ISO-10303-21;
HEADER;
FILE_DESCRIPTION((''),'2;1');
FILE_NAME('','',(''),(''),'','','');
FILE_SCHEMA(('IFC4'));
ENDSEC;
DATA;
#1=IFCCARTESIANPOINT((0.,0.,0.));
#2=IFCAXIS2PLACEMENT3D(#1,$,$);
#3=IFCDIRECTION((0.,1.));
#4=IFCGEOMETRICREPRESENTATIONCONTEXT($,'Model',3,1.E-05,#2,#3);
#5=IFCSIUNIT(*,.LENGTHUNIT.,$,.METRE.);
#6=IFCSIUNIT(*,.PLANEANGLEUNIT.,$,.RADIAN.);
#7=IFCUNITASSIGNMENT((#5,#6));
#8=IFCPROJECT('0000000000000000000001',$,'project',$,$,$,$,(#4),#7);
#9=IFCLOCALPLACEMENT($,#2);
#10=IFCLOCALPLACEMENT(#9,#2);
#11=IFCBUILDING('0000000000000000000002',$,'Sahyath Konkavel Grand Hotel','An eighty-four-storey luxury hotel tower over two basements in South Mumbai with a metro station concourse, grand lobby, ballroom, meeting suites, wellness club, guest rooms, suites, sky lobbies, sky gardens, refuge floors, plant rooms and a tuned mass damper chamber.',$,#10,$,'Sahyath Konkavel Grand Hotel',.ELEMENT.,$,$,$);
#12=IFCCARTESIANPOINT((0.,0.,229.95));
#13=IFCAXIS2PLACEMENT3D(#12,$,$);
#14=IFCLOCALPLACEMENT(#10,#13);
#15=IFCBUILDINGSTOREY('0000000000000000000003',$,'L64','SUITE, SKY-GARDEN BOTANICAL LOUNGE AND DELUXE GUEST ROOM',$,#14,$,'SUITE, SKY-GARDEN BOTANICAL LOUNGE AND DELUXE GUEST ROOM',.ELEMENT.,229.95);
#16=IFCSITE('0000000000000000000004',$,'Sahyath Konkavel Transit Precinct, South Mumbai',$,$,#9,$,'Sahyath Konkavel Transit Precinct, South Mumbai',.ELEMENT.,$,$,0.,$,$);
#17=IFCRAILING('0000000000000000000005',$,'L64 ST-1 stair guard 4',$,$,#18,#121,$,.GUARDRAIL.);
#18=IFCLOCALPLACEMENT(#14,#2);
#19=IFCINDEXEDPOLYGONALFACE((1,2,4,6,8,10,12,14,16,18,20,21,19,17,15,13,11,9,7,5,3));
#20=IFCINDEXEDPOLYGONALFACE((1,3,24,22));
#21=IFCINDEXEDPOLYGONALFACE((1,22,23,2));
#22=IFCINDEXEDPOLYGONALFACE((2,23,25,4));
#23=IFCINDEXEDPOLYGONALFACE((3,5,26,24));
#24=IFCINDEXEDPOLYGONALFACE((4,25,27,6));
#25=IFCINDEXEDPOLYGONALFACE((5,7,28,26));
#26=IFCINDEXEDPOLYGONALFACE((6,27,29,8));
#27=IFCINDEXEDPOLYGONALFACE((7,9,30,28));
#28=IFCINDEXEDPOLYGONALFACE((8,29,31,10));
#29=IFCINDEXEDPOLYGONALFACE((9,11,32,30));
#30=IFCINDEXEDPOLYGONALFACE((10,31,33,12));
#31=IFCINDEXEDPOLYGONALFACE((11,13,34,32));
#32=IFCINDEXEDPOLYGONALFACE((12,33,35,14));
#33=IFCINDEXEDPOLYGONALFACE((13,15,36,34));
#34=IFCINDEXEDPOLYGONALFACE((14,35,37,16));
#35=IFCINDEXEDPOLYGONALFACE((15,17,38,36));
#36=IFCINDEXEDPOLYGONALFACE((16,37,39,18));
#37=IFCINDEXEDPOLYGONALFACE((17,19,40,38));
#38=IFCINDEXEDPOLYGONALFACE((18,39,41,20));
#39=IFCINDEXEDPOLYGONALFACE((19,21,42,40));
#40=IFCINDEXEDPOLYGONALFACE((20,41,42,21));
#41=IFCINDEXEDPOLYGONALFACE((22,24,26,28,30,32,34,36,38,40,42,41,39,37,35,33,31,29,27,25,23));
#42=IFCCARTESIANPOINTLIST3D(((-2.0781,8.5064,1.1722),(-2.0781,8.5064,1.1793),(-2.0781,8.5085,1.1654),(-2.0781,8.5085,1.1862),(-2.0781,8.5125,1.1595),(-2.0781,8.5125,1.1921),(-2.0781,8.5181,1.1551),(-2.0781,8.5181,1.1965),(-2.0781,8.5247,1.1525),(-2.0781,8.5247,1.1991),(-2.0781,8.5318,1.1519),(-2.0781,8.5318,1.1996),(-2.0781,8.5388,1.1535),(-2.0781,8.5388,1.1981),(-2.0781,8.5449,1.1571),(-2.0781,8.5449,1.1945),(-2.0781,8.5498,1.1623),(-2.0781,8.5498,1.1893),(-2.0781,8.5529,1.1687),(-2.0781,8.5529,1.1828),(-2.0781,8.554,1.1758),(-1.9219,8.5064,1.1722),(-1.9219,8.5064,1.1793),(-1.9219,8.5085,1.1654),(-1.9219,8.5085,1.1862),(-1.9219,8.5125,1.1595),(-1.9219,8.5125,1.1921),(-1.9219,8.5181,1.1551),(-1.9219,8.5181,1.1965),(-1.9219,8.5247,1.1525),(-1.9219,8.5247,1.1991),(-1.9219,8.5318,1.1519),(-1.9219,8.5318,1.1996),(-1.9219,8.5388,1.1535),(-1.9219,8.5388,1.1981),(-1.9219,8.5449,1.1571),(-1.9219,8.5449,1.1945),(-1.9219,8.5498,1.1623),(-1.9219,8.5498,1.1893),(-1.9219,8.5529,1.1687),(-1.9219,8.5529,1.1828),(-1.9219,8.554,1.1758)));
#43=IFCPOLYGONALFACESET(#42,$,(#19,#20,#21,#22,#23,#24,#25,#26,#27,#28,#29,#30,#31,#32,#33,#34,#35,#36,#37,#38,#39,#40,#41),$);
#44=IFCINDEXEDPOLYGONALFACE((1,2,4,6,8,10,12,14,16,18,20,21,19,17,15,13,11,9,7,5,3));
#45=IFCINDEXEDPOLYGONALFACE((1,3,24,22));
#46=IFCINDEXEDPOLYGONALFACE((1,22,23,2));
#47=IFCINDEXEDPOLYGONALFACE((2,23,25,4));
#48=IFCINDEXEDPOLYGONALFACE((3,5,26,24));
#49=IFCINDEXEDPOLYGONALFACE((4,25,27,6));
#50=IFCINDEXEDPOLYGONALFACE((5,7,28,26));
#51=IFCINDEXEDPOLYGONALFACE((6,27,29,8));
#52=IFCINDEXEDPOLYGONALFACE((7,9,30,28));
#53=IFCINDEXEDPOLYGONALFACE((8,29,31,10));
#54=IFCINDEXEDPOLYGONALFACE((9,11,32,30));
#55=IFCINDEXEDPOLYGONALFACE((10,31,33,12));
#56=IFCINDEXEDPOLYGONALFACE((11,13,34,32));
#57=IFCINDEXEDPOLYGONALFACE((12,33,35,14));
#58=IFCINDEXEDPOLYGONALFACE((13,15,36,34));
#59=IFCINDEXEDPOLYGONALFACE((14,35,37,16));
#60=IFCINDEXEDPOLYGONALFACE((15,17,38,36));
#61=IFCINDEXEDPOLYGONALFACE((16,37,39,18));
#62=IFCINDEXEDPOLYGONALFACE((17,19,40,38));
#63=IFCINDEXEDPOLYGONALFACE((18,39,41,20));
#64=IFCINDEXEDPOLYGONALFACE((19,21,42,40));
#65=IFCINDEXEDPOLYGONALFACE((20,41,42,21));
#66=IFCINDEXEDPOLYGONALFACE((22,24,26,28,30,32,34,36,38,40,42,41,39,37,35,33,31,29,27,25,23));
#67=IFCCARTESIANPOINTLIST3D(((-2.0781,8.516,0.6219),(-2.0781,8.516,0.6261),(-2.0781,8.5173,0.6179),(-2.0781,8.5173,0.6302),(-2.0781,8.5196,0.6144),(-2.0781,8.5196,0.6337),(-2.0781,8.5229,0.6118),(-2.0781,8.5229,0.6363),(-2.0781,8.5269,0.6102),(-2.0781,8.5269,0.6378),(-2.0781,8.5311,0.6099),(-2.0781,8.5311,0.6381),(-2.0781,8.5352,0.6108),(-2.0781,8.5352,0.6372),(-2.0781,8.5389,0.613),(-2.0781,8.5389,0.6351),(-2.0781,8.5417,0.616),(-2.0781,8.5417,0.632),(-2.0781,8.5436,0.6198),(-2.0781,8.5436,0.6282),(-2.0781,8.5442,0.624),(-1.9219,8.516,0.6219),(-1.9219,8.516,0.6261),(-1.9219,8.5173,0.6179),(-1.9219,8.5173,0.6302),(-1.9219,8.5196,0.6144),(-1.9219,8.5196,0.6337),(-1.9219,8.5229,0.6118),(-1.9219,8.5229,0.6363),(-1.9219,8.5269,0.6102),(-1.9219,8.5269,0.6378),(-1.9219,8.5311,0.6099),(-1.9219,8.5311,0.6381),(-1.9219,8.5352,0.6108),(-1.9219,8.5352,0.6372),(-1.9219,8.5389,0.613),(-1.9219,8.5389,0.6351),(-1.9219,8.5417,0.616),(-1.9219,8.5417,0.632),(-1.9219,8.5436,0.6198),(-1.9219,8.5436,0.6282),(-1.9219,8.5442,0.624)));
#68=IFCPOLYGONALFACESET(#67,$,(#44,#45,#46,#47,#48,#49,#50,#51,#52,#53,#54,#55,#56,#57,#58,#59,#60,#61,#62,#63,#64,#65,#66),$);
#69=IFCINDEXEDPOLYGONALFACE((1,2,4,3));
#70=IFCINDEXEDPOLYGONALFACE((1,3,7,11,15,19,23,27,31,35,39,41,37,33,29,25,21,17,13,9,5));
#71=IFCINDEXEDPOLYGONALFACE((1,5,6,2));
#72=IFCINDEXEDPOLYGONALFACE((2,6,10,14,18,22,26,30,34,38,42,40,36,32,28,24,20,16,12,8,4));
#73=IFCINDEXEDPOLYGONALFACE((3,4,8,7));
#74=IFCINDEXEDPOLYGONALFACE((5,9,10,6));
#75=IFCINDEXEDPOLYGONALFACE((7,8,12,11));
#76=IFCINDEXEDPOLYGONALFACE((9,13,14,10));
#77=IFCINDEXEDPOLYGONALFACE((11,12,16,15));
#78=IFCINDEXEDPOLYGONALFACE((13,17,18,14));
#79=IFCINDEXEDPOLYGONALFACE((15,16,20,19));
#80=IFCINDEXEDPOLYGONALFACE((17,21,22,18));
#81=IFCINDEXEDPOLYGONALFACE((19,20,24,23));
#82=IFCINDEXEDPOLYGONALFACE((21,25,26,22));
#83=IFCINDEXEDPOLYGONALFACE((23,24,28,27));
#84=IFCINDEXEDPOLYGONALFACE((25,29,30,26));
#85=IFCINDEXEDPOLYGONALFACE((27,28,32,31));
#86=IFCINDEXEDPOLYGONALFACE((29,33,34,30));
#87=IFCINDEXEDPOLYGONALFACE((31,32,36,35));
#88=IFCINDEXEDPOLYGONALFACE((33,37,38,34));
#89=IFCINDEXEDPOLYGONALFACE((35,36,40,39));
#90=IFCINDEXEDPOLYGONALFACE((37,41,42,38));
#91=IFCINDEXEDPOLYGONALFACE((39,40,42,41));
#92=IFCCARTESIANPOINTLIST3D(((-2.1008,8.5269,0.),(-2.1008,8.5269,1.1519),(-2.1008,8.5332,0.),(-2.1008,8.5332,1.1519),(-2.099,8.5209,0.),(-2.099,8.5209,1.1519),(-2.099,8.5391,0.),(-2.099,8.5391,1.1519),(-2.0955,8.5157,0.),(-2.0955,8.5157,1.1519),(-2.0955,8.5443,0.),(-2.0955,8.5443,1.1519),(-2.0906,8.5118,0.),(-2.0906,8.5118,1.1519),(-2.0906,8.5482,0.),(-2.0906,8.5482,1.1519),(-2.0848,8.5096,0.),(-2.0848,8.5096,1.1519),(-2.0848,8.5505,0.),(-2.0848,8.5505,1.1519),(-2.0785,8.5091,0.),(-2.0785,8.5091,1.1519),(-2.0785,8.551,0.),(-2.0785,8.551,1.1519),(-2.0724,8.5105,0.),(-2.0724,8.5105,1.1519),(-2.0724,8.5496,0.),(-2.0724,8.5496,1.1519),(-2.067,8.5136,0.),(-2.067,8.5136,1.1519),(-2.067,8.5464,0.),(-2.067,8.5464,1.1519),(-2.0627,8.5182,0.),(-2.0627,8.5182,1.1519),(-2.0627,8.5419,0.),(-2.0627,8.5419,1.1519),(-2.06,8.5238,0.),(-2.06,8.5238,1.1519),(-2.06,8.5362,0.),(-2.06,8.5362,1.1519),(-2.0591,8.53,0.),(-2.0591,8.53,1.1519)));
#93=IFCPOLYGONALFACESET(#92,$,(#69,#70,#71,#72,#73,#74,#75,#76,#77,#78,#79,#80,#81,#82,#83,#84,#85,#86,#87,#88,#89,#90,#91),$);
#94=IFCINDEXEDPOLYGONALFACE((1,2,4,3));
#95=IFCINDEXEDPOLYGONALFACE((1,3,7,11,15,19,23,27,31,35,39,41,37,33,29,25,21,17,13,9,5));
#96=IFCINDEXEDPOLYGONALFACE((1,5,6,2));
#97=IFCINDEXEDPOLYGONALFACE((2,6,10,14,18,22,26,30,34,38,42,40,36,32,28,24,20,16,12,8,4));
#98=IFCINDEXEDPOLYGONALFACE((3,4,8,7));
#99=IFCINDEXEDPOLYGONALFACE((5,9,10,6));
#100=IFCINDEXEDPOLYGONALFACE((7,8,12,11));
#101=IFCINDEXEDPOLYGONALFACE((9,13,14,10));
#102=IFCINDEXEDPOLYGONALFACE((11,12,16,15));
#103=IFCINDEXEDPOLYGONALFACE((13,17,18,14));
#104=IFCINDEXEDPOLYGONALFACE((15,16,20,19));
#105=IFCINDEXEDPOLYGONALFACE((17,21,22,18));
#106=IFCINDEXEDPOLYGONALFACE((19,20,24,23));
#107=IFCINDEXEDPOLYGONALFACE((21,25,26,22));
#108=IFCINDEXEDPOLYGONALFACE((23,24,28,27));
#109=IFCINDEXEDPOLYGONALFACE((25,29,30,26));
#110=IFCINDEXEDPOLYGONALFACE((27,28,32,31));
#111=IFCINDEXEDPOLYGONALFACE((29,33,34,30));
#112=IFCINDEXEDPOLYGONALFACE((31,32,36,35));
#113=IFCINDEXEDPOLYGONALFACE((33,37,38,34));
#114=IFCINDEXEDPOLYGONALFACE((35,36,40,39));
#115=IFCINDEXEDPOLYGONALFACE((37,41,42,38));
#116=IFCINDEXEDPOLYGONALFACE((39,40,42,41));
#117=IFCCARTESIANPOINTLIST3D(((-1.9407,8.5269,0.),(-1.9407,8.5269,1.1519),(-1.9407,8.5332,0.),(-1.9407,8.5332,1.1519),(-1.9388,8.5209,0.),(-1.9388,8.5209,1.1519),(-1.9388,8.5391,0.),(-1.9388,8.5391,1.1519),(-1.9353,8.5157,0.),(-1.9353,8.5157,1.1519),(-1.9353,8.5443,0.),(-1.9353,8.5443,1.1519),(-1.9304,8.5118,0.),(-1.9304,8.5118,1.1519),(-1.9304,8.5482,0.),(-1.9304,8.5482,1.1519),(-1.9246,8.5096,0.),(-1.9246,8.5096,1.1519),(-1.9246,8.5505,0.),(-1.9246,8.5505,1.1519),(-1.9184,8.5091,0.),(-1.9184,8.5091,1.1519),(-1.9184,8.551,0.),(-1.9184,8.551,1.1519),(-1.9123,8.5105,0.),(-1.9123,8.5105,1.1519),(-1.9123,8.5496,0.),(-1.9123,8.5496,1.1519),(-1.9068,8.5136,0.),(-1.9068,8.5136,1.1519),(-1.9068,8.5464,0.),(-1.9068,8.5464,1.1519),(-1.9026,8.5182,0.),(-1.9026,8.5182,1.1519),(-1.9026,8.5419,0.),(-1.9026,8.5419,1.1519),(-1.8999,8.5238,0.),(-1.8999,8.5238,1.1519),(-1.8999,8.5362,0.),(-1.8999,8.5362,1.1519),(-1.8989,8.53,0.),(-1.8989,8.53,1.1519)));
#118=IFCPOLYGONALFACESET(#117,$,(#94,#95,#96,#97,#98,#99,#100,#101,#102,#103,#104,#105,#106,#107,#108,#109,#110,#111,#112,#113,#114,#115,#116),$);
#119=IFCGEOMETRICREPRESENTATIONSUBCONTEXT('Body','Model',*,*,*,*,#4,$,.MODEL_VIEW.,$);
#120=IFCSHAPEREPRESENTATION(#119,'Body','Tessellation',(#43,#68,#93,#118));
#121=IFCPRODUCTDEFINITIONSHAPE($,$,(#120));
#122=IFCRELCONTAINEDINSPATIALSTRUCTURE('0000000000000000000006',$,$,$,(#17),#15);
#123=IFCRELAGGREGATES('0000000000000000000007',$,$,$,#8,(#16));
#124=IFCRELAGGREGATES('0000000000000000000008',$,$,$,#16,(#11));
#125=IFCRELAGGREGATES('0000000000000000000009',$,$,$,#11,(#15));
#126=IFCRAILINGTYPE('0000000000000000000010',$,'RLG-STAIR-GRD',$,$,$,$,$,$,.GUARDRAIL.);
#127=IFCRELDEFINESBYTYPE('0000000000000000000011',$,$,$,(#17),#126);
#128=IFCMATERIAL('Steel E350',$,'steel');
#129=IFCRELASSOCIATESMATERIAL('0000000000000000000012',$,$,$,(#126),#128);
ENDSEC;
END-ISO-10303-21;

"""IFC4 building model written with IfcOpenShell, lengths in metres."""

from ifc_helpers import new_model, si_unit, direction, frame, origin, origin_2d, place, context, subcontext, project, spatial, circle, extrude, material, type_object, element, save


model = new_model("IFC4")

# Units and contexts
model_context = context("Model", 3, precision=1e-05, world=origin(), true_north=direction((0.0, 1.0)))
body_context = subcontext(model_context, "Body", "Model", "MODEL_VIEW")
ifc_project = project(units=[si_unit("LENGTHUNIT", "METRE"), si_unit("PLANEANGLEUNIT", "RADIAN")], contexts=[model_context])

# Site, building, storey
site_placement = place(None, origin())
site = spatial("IfcSite", under=ifc_project, at=site_placement, Name="Sahyath Konkavel Transit Precinct, South Mumbai", LongName="Sahyath Konkavel Transit Precinct, South Mumbai", CompositionType="ELEMENT", RefElevation=0.0)
building_placement = place(site_placement, origin())
building = spatial("IfcBuilding", under=site, at=building_placement, Name="Sahyath Konkavel Grand Hotel", Description="An eighty-four-storey luxury hotel tower over two basements in South Mumbai with a metro station concourse, grand lobby, ballroom, meeting suites, wellness club, guest rooms, suites, sky lobbies, sky gardens, refuge floors, plant rooms and a tuned mass damper chamber.", LongName="Sahyath Konkavel Grand Hotel", CompositionType="ELEMENT")
storey_placement = place(building_placement, frame((0.0, 0.0, 229.95)))
storey = spatial("IfcBuildingStorey", under=building, at=storey_placement, Name="L64", Description="SUITE, SKY-GARDEN BOTANICAL LOUNGE AND DELUXE GUEST ROOM", LongName="SUITE, SKY-GARDEN BOTANICAL LOUNGE AND DELUXE GUEST ROOM", CompositionType="ELEMENT", Elevation=229.95)

# Shared definitions
ifc_material_1 = material(Name="Steel E350", Category="steel")

# Railing
railing_type_1 = type_object("IfcRailingType", Name="RLG-STAIR-GRD", PredefinedType="GUARDRAIL", material=ifc_material_1)
railing_1_placement = place(storey_placement, frame((-2.0801, 8.53, 0.0)))
element("IfcRailing", 1, at=railing_1_placement, inside=storey, type_object=railing_type_1, Name="L64 ST-1 stair guard 4", PredefinedType="GUARDRAIL", context=body_context, shape_type="SweptSolid", body=[
    extrude(circle(Radius=0.0239, at=origin_2d()), frame((0.002, 0.0, 1.1758), z_axis=(1.0, 0.0, 0.0), x_axis=(0.0, 1.0, 0.0)), (0.0, 0.0, 1.0), 0.1562),
    extrude(circle(Radius=0.0142, at=origin_2d()), frame((0.002, 0.0, 0.624), z_axis=(1.0, 0.0, 0.0), x_axis=(0.0, 1.0, 0.0)), (0.0, 0.0, 1.0), 0.1562),
    extrude(circle(Radius=0.021, at=origin_2d()), origin(), (0.0, 0.0, 1.0), 1.1519),
    extrude(circle(Radius=0.021, at=origin_2d()), frame((0.1602, 0.0, 0.0)), (0.0, 0.0, 1.0), 1.1519),
])

save(model, "model.ifc")
